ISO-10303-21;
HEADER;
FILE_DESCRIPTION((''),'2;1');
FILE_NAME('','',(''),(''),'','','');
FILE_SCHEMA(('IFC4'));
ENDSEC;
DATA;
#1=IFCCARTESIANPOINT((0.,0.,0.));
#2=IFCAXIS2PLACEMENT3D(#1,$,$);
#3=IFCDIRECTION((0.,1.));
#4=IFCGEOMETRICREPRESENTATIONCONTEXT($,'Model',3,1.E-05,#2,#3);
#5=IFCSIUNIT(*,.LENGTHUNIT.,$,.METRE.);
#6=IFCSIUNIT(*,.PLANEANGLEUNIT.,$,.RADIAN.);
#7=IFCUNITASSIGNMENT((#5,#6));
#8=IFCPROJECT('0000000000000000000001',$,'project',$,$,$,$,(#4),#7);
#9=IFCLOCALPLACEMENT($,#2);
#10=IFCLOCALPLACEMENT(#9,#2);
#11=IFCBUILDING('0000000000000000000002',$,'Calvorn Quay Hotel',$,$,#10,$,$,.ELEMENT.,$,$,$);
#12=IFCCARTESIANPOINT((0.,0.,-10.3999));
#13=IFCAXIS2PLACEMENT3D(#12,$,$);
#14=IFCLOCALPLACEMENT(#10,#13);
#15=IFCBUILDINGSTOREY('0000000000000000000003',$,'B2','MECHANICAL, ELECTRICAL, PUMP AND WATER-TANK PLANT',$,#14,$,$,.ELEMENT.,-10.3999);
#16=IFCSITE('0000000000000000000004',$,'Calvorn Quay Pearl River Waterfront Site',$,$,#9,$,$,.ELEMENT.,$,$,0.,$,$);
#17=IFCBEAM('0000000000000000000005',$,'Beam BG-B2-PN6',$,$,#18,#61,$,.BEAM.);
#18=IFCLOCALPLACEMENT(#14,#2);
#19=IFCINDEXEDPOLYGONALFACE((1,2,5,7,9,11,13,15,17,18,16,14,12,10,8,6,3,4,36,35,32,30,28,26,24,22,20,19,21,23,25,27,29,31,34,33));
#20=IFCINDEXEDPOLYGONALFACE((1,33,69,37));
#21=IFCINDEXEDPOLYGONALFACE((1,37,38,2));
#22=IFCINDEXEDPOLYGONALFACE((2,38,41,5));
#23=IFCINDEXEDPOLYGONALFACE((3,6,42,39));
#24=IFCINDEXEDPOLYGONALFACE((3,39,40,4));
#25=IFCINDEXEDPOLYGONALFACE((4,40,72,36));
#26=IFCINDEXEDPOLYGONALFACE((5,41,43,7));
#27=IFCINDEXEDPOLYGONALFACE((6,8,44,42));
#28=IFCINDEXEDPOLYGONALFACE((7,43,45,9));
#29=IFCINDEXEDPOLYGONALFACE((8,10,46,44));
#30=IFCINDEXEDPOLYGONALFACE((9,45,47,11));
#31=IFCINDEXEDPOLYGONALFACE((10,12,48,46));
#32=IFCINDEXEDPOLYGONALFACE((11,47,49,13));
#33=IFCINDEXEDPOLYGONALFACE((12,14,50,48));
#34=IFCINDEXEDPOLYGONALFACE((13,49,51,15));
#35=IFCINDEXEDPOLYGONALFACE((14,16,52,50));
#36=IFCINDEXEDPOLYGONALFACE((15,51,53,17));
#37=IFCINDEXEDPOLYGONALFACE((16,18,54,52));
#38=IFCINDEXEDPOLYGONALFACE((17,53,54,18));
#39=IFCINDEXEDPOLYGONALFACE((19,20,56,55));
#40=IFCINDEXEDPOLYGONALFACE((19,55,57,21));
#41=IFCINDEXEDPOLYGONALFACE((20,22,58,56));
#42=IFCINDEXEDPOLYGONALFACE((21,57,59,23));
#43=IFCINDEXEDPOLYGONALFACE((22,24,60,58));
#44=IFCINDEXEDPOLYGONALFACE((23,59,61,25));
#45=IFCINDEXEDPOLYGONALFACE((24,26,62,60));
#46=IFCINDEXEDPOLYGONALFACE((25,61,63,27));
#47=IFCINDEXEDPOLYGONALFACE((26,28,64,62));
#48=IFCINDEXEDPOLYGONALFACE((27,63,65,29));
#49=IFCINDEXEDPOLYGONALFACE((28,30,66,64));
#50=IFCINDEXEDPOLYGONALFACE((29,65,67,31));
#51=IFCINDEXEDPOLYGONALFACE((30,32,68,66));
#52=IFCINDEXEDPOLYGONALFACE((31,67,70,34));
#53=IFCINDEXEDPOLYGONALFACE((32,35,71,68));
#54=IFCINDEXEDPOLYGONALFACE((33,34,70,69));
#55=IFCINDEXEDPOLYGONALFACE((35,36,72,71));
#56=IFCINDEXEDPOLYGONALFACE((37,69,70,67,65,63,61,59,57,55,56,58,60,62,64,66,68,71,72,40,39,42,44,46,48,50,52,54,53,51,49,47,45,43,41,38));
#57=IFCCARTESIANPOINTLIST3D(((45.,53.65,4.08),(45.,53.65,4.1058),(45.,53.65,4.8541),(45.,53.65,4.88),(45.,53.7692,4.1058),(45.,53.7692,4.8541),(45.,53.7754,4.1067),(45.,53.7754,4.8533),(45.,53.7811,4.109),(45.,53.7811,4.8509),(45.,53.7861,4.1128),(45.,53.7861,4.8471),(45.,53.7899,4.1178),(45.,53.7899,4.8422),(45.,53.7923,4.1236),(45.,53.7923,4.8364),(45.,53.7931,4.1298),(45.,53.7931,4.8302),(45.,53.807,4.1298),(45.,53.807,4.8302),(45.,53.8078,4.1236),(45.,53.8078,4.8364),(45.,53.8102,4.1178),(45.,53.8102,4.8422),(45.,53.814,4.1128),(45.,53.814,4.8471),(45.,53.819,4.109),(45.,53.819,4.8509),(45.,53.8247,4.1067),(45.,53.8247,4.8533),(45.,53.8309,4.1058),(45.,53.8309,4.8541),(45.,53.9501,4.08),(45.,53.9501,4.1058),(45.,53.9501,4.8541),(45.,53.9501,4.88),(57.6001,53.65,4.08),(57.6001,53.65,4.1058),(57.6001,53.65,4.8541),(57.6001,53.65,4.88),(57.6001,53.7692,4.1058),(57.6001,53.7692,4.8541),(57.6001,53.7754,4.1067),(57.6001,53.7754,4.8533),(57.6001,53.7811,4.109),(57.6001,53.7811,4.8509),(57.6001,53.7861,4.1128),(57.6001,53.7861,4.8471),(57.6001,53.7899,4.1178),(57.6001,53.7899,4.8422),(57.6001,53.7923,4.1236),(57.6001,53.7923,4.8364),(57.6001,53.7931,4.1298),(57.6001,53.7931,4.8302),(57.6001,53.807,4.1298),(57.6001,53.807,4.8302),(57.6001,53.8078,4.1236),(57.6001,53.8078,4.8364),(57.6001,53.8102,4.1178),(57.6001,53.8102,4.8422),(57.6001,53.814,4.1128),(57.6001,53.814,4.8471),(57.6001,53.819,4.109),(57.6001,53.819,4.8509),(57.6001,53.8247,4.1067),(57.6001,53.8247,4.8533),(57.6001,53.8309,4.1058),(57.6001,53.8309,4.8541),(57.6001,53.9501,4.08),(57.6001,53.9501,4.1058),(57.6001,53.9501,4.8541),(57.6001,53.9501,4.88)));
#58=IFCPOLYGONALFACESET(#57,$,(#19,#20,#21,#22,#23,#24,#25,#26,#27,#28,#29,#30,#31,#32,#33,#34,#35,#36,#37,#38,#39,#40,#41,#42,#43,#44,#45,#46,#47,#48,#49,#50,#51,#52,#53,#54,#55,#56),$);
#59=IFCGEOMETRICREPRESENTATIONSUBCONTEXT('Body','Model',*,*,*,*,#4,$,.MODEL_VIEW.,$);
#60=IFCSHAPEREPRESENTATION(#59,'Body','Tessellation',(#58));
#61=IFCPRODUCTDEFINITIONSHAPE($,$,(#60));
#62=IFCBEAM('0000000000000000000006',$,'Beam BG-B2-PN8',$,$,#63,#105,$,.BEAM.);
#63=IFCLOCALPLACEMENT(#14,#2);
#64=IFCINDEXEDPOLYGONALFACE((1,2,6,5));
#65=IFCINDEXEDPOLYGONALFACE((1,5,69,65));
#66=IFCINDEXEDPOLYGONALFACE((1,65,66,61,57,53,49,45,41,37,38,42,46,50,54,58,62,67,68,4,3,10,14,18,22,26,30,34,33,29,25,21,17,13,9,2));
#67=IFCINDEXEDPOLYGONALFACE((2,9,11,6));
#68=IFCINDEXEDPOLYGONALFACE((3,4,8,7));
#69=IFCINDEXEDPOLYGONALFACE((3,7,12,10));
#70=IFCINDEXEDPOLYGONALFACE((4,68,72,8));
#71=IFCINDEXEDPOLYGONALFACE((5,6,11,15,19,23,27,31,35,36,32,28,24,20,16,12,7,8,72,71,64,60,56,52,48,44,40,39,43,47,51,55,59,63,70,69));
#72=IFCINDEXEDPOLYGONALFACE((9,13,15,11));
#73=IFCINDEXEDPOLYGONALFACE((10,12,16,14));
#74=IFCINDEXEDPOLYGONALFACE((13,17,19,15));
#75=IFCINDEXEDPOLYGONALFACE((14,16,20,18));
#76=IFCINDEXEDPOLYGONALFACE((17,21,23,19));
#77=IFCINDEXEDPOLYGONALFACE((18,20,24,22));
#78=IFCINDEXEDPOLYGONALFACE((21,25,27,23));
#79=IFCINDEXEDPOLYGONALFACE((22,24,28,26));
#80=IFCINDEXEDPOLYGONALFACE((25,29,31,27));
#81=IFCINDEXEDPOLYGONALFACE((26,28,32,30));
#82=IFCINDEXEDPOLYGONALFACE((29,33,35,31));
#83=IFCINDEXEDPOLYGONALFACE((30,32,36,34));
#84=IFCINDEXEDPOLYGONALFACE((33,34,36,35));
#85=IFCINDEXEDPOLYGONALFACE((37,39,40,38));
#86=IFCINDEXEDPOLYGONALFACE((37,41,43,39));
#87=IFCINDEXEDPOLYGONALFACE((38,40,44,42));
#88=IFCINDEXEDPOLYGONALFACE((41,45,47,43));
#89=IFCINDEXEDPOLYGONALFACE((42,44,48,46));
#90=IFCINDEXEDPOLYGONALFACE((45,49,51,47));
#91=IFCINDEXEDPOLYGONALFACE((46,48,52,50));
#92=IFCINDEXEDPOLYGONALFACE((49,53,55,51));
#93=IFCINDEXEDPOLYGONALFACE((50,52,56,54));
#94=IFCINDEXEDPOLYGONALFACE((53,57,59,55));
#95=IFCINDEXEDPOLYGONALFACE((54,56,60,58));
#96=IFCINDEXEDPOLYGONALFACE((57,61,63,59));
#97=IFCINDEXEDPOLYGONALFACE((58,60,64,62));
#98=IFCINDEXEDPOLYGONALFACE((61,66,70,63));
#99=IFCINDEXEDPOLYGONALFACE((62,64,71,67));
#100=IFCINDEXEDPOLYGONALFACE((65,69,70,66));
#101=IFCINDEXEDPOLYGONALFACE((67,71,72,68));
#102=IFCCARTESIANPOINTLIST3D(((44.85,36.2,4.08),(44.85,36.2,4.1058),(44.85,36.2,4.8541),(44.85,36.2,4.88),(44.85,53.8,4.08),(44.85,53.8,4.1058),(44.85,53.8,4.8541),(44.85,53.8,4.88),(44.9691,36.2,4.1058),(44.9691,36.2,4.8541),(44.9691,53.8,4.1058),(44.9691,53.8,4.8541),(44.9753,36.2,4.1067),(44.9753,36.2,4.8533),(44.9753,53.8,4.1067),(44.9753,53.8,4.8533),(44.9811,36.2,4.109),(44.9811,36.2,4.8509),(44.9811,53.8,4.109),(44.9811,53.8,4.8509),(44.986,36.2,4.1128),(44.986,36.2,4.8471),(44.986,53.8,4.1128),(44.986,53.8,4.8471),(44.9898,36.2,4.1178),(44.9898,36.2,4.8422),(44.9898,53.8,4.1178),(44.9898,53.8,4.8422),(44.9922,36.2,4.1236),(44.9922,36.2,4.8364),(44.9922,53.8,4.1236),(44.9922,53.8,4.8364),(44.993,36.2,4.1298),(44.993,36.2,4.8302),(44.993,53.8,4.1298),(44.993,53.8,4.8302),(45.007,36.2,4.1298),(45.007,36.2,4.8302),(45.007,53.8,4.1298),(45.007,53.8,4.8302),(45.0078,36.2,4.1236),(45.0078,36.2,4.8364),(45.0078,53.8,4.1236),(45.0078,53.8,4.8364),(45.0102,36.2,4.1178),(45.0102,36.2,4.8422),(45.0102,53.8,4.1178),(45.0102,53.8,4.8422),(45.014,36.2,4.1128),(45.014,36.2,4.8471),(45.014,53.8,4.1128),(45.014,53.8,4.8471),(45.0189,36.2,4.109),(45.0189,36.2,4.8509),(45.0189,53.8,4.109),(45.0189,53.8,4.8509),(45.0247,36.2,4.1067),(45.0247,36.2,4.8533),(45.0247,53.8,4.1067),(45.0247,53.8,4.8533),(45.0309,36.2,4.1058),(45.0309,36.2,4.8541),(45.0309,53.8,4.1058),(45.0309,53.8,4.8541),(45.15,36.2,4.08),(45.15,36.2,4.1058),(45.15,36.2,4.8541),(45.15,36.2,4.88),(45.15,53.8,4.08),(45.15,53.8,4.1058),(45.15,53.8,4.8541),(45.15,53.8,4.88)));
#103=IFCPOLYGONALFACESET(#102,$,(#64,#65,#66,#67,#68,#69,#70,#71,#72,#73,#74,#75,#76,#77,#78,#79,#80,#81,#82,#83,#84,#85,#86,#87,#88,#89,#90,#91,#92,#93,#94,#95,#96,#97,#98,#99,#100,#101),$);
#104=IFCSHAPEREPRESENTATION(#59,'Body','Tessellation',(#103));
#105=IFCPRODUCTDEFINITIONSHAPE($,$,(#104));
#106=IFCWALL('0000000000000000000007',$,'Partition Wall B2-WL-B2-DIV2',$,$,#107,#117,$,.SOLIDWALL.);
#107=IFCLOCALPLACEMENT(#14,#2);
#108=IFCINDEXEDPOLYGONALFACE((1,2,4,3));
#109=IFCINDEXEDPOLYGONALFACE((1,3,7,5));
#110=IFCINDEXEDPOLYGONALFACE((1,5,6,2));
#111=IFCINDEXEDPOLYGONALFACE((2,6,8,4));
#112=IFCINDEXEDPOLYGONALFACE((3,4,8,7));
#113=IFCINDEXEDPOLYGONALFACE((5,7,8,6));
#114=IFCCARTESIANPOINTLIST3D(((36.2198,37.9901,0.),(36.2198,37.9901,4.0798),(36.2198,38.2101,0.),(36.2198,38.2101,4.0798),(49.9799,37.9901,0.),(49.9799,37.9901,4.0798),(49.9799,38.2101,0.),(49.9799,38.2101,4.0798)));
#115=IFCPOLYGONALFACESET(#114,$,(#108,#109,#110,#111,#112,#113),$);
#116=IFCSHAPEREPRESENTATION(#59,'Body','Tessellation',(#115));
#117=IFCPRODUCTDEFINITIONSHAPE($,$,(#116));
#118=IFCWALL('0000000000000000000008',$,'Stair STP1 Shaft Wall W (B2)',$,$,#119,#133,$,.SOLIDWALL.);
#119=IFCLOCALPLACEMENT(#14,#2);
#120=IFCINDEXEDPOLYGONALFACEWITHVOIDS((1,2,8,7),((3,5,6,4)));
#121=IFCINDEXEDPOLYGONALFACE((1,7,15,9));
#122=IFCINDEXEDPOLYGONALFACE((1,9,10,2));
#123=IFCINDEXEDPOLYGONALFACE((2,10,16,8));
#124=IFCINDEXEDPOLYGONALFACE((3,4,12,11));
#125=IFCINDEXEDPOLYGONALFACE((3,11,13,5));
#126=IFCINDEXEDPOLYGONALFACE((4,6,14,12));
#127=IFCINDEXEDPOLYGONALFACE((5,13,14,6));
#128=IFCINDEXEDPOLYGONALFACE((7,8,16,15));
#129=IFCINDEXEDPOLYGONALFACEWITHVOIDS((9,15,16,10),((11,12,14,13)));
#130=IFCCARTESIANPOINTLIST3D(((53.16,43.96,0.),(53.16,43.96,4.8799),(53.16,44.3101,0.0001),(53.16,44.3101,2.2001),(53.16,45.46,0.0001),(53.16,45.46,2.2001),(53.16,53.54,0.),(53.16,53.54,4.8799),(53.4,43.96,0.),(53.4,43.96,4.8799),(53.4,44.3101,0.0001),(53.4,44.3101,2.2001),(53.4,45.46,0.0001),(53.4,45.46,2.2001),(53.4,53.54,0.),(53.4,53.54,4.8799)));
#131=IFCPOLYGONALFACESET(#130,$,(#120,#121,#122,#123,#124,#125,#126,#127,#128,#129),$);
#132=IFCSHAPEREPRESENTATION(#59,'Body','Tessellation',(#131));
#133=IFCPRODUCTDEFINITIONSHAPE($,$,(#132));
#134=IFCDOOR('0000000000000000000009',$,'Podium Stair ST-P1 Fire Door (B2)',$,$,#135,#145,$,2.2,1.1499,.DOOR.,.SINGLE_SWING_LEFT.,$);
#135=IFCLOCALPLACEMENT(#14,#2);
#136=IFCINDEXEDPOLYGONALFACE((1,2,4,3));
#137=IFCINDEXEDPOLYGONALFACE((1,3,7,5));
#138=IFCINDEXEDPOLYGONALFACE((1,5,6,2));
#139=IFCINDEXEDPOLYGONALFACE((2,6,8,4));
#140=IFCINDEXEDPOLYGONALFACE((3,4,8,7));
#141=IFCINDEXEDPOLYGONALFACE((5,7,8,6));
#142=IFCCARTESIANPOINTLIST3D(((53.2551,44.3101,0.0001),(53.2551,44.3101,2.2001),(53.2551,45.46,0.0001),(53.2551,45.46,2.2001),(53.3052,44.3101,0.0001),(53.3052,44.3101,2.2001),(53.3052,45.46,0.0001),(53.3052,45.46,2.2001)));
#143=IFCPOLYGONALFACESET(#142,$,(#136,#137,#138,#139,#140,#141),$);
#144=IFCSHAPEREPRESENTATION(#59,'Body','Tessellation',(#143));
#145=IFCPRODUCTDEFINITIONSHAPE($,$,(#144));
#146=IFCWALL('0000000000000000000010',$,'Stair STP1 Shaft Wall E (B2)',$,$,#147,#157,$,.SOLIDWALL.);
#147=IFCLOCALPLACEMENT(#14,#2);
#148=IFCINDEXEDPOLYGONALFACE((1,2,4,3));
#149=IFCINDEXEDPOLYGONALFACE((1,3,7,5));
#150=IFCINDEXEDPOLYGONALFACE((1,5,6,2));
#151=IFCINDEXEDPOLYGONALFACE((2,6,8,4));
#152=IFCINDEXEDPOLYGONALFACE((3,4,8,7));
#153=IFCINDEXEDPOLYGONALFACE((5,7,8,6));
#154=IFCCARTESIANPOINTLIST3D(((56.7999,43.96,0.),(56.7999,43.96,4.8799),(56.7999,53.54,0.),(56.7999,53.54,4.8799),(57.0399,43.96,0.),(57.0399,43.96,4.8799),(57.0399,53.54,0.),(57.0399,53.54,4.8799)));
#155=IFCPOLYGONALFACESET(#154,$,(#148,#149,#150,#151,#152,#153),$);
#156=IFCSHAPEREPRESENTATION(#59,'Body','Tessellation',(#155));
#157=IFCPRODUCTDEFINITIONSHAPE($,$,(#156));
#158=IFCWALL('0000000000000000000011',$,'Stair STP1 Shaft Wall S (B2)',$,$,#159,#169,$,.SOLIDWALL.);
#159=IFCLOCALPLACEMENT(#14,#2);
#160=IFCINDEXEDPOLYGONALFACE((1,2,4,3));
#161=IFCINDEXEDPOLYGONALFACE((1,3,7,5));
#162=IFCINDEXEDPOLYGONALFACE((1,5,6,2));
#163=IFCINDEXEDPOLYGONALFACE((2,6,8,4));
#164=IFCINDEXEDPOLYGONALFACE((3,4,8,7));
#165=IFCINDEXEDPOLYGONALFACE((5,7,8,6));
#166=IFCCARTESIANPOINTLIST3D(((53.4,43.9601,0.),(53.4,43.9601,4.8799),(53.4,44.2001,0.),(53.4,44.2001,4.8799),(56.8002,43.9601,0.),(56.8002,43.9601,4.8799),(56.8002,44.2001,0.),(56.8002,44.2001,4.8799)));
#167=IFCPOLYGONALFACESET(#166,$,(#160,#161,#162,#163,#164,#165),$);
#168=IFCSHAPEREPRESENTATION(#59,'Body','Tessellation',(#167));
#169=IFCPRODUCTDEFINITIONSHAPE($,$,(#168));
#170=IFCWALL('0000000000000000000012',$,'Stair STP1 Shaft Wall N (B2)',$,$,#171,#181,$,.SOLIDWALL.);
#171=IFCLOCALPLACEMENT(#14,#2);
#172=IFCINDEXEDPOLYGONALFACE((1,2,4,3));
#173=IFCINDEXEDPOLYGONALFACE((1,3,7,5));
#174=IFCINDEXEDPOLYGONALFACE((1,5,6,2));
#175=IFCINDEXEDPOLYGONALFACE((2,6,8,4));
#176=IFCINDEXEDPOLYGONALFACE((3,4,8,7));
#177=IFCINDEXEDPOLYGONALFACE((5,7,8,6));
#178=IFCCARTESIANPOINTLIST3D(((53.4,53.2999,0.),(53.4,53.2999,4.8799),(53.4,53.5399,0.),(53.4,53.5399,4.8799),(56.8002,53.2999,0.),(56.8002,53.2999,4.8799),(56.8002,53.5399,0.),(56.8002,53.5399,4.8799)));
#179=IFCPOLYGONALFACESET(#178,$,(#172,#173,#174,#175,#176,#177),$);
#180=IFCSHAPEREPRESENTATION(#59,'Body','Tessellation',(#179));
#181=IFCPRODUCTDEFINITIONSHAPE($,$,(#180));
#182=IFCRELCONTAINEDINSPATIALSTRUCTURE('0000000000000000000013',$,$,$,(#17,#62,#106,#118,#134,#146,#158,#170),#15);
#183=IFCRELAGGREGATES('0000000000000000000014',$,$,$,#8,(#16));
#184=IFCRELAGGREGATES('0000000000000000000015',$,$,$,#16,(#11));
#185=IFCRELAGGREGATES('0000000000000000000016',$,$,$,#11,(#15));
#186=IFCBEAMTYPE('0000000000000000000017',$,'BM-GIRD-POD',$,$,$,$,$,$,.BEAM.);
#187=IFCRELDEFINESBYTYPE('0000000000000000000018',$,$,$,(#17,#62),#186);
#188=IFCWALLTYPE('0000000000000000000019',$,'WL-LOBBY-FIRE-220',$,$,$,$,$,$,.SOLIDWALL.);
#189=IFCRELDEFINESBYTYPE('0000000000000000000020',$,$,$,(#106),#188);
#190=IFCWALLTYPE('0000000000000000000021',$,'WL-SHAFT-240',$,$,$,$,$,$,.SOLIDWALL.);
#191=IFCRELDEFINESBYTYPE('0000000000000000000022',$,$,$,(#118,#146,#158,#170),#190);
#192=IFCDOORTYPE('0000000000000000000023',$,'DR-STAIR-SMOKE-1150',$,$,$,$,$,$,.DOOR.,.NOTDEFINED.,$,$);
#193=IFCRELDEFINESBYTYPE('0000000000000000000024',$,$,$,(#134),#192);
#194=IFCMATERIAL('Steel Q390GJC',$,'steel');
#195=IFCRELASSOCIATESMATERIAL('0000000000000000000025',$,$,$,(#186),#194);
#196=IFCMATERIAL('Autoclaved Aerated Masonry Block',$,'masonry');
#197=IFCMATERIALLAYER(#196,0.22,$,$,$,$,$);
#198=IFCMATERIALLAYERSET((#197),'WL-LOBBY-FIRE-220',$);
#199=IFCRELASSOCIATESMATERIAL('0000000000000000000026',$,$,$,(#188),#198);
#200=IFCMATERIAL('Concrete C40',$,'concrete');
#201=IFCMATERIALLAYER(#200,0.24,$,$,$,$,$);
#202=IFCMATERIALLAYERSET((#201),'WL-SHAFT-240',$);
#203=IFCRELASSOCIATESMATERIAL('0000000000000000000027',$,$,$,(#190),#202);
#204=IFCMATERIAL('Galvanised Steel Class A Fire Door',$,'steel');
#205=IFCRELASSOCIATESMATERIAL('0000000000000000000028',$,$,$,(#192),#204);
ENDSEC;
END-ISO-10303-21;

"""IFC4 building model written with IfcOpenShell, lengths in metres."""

from ifc_helpers import new_model, si_unit, direction, frame, frame_2d, origin, origin_2d, place, context, subcontext, project, spatial, rectangle, i_section, extrude, material, layer, layer_set, material_profile, profile_set, type_object, element, fill, save


model = new_model("IFC4")

# Units and contexts
model_context = context("Model", 3, precision=1e-05, world=origin(), true_north=direction((0.0, 1.0)))
body_context = subcontext(model_context, "Body", "Model", "MODEL_VIEW")
ifc_project = project(units=[si_unit("LENGTHUNIT", "METRE"), si_unit("PLANEANGLEUNIT", "RADIAN")], contexts=[model_context])

# Site, building, storey
site_placement = place(None, origin())
site = spatial("IfcSite", under=ifc_project, at=site_placement, Name="Calvorn Quay Pearl River Waterfront Site", CompositionType="ELEMENT", RefElevation=0.0)
building_placement = place(site_placement, origin())
building = spatial("IfcBuilding", under=site, at=building_placement, Name="Calvorn Quay Hotel", CompositionType="ELEMENT")
storey_placement = place(building_placement, frame((0.0, 0.0, -10.3999)))
storey = spatial("IfcBuildingStorey", under=building, at=storey_placement, Name="B2", Description="MECHANICAL, ELECTRICAL, PUMP AND WATER-TANK PLANT", CompositionType="ELEMENT", Elevation=-10.3999)

# Beams
ifc_material_1 = material(Name="Steel Q390GJC", Category="steel")
ifc_material_profile_1 = material_profile(ifc_material_1, i_section(OverallWidth=0.3, OverallDepth=0.8, WebThickness=0.0139, FlangeThickness=0.0259, FilletRadius=0.0239, at=origin_2d()), Name="HN800x300x14x26")
ifc_profile_set_1 = profile_set([ifc_material_profile_1], Name="Steel Q390GJC")
beam_type = type_object("IfcBeamType", Name="BM-GIRD-POD", PredefinedType="BEAM", material=ifc_profile_set_1)
for number, where, z_axis, x_axis, name in (
    (1, (45.0, 53.8, 4.48), (1.0, 0.0, 0.0), (0.0, 1.0, 0.0), "Beam BG-B2-PN6"),
):
    element("IfcBeam", number, at=place(storey_placement, frame(where, z_axis=z_axis, x_axis=x_axis)), inside=storey, type_object=beam_type, Name=name, PredefinedType="BEAM", context=body_context, shape_type="SweptSolid", body=[
        extrude(i_section(OverallWidth=0.3, OverallDepth=0.8, WebThickness=0.0139, FlangeThickness=0.0259, FilletRadius=0.0239, at=origin_2d()), origin(), (0.0, 0.0, 1.0), 12.6001),
    ])
beam_1_placement = place(storey_placement, frame((45.0, 36.2, 4.48), z_axis=(0.0, 1.0, 0.0), x_axis=(-1.0, 0.0, 0.0)))
element("IfcBeam", 2, at=beam_1_placement, inside=storey, type_object=beam_type, Name="Beam BG-B2-PN8", PredefinedType="BEAM", context=body_context, shape_type="SweptSolid", body=[
    extrude(i_section(OverallWidth=0.3, OverallDepth=0.8, WebThickness=0.0139, FlangeThickness=0.0259, FilletRadius=0.0239, at=origin_2d()), origin(), (0.0, 0.0, 1.0), 17.6001),
])

# Wall
ifc_material_2 = material(Name="Autoclaved Aerated Masonry Block", Category="masonry")
ifc_layer_1 = layer(ifc_material_2, 0.22)
ifc_layer_set_1 = layer_set([ifc_layer_1], Name="WL-LOBBY-FIRE-220")
wall_type_1 = type_object("IfcWallType", Name="WL-LOBBY-FIRE-220", PredefinedType="SOLIDWALL", material=ifc_layer_set_1)
wall_1_placement = place(storey_placement, frame((36.22, 38.1001, 0.0), z_axis=(0.0, 0.0, 1.0), x_axis=(1.0, 0.0, 0.0)))
element("IfcWall", 3, at=wall_1_placement, inside=storey, type_object=wall_type_1, Name="Partition Wall B2-WL-B2-DIV2", PredefinedType="SOLIDWALL", context=body_context, shape_type="SweptSolid", body=[
    extrude(rectangle(XDim=13.76, YDim=0.22, at=frame_2d((6.8799, 0.0))), origin(), (0.0, 0.0, 1.0), 4.0798),
])

# Wall, opening, door
ifc_material_3 = material(Name="Concrete C40", Category="concrete")
ifc_layer_2 = layer(ifc_material_3, 0.24)
ifc_layer_set_2 = layer_set([ifc_layer_2], Name="WL-SHAFT-240")
wall_type_2 = type_object("IfcWallType", Name="WL-SHAFT-240", PredefinedType="SOLIDWALL", material=ifc_layer_set_2)
wall_2_placement = place(storey_placement, frame((53.28, 43.96, 0.0), z_axis=(0.0, 0.0, 1.0), x_axis=(0.0, 1.0, 0.0)))
wall_2 = element("IfcWall", 4, at=wall_2_placement, inside=storey, type_object=wall_type_2, Name="Stair STP1 Shaft Wall W (B2)", PredefinedType="SOLIDWALL", context=body_context, shape_type="SweptSolid", body=[
    extrude(rectangle(XDim=9.5801, YDim=0.24, at=frame_2d((4.79, 0.0))), origin(), (0.0, 0.0, 1.0), 4.8799),
])
opening_placement = place(wall_2_placement, frame((0.3501, 0.0, 0.0)))
opening = element("IfcOpeningElement", 5, at=opening_placement, cuts=wall_2, PredefinedType="OPENING", context=body_context, shape_type="SweptSolid", body=[
    extrude(rectangle(XDim=1.1499, YDim=2.2, at=frame_2d((0.575, 1.1001))), frame((0.0, 0.1299, 0.0), z_axis=(0.0, -1.0, 0.0), x_axis=(1.0, 0.0, 0.0)), (0.0, 0.0, 1.0), 0.26),
])
ifc_material_4 = material(Name="Galvanised Steel Class A Fire Door", Category="steel")
door_type = type_object("IfcDoorType", Name="DR-STAIR-SMOKE-1150", OperationType="NOTDEFINED", PredefinedType="DOOR", material=ifc_material_4)
door_placement = place(opening_placement, origin())
door = element("IfcDoor", 6, at=door_placement, inside=storey, type_object=door_type, Name="Podium Stair ST-P1 Fire Door (B2)", OperationType="SINGLE_SWING_LEFT", OverallHeight=2.2, OverallWidth=1.1499, PredefinedType="DOOR", context=body_context, shape_type="SweptSolid", body=[
    extrude(rectangle(XDim=1.1499, YDim=2.2, at=frame_2d((0.575, 1.1001))), frame((0.0, 0.0249, 0.0), z_axis=(0.0, -1.0, 0.0), x_axis=(1.0, 0.0, 0.0)), (0.0, 0.0, 1.0), 0.05),
])
fill(opening, door)

# Walls
wall_3_placement = place(storey_placement, frame((56.9199, 43.96, 0.0), z_axis=(0.0, 0.0, 1.0), x_axis=(0.0, 1.0, 0.0)))
element("IfcWall", 7, at=wall_3_placement, inside=storey, type_object=wall_type_2, Name="Stair STP1 Shaft Wall E (B2)", PredefinedType="SOLIDWALL", context=body_context, shape_type="SweptSolid", body=[
    extrude(rectangle(XDim=9.5801, YDim=0.24, at=frame_2d((4.79, 0.0))), origin(), (0.0, 0.0, 1.0), 4.8799),
])
for number, where, z_axis, x_axis, name in (
    (8, (53.3999, 44.0801, 0.0), (0.0, 0.0, 1.0), (1.0, 0.0, 0.0), "Stair STP1 Shaft Wall S (B2)"),
    (9, (53.3999, 53.4199, 0.0), (0.0, 0.0, 1.0), (1.0, 0.0, 0.0), "Stair STP1 Shaft Wall N (B2)"),
):
    element("IfcWall", number, at=place(storey_placement, frame(where, z_axis=z_axis, x_axis=x_axis)), inside=storey, type_object=wall_type_2, Name=name, PredefinedType="SOLIDWALL", context=body_context, shape_type="SweptSolid", body=[
        extrude(rectangle(XDim=3.4001, YDim=0.24, at=frame_2d((1.7002, 0.0))), origin(), (0.0, 0.0, 1.0), 4.8799),
    ])

save(model, "model.ifc")
